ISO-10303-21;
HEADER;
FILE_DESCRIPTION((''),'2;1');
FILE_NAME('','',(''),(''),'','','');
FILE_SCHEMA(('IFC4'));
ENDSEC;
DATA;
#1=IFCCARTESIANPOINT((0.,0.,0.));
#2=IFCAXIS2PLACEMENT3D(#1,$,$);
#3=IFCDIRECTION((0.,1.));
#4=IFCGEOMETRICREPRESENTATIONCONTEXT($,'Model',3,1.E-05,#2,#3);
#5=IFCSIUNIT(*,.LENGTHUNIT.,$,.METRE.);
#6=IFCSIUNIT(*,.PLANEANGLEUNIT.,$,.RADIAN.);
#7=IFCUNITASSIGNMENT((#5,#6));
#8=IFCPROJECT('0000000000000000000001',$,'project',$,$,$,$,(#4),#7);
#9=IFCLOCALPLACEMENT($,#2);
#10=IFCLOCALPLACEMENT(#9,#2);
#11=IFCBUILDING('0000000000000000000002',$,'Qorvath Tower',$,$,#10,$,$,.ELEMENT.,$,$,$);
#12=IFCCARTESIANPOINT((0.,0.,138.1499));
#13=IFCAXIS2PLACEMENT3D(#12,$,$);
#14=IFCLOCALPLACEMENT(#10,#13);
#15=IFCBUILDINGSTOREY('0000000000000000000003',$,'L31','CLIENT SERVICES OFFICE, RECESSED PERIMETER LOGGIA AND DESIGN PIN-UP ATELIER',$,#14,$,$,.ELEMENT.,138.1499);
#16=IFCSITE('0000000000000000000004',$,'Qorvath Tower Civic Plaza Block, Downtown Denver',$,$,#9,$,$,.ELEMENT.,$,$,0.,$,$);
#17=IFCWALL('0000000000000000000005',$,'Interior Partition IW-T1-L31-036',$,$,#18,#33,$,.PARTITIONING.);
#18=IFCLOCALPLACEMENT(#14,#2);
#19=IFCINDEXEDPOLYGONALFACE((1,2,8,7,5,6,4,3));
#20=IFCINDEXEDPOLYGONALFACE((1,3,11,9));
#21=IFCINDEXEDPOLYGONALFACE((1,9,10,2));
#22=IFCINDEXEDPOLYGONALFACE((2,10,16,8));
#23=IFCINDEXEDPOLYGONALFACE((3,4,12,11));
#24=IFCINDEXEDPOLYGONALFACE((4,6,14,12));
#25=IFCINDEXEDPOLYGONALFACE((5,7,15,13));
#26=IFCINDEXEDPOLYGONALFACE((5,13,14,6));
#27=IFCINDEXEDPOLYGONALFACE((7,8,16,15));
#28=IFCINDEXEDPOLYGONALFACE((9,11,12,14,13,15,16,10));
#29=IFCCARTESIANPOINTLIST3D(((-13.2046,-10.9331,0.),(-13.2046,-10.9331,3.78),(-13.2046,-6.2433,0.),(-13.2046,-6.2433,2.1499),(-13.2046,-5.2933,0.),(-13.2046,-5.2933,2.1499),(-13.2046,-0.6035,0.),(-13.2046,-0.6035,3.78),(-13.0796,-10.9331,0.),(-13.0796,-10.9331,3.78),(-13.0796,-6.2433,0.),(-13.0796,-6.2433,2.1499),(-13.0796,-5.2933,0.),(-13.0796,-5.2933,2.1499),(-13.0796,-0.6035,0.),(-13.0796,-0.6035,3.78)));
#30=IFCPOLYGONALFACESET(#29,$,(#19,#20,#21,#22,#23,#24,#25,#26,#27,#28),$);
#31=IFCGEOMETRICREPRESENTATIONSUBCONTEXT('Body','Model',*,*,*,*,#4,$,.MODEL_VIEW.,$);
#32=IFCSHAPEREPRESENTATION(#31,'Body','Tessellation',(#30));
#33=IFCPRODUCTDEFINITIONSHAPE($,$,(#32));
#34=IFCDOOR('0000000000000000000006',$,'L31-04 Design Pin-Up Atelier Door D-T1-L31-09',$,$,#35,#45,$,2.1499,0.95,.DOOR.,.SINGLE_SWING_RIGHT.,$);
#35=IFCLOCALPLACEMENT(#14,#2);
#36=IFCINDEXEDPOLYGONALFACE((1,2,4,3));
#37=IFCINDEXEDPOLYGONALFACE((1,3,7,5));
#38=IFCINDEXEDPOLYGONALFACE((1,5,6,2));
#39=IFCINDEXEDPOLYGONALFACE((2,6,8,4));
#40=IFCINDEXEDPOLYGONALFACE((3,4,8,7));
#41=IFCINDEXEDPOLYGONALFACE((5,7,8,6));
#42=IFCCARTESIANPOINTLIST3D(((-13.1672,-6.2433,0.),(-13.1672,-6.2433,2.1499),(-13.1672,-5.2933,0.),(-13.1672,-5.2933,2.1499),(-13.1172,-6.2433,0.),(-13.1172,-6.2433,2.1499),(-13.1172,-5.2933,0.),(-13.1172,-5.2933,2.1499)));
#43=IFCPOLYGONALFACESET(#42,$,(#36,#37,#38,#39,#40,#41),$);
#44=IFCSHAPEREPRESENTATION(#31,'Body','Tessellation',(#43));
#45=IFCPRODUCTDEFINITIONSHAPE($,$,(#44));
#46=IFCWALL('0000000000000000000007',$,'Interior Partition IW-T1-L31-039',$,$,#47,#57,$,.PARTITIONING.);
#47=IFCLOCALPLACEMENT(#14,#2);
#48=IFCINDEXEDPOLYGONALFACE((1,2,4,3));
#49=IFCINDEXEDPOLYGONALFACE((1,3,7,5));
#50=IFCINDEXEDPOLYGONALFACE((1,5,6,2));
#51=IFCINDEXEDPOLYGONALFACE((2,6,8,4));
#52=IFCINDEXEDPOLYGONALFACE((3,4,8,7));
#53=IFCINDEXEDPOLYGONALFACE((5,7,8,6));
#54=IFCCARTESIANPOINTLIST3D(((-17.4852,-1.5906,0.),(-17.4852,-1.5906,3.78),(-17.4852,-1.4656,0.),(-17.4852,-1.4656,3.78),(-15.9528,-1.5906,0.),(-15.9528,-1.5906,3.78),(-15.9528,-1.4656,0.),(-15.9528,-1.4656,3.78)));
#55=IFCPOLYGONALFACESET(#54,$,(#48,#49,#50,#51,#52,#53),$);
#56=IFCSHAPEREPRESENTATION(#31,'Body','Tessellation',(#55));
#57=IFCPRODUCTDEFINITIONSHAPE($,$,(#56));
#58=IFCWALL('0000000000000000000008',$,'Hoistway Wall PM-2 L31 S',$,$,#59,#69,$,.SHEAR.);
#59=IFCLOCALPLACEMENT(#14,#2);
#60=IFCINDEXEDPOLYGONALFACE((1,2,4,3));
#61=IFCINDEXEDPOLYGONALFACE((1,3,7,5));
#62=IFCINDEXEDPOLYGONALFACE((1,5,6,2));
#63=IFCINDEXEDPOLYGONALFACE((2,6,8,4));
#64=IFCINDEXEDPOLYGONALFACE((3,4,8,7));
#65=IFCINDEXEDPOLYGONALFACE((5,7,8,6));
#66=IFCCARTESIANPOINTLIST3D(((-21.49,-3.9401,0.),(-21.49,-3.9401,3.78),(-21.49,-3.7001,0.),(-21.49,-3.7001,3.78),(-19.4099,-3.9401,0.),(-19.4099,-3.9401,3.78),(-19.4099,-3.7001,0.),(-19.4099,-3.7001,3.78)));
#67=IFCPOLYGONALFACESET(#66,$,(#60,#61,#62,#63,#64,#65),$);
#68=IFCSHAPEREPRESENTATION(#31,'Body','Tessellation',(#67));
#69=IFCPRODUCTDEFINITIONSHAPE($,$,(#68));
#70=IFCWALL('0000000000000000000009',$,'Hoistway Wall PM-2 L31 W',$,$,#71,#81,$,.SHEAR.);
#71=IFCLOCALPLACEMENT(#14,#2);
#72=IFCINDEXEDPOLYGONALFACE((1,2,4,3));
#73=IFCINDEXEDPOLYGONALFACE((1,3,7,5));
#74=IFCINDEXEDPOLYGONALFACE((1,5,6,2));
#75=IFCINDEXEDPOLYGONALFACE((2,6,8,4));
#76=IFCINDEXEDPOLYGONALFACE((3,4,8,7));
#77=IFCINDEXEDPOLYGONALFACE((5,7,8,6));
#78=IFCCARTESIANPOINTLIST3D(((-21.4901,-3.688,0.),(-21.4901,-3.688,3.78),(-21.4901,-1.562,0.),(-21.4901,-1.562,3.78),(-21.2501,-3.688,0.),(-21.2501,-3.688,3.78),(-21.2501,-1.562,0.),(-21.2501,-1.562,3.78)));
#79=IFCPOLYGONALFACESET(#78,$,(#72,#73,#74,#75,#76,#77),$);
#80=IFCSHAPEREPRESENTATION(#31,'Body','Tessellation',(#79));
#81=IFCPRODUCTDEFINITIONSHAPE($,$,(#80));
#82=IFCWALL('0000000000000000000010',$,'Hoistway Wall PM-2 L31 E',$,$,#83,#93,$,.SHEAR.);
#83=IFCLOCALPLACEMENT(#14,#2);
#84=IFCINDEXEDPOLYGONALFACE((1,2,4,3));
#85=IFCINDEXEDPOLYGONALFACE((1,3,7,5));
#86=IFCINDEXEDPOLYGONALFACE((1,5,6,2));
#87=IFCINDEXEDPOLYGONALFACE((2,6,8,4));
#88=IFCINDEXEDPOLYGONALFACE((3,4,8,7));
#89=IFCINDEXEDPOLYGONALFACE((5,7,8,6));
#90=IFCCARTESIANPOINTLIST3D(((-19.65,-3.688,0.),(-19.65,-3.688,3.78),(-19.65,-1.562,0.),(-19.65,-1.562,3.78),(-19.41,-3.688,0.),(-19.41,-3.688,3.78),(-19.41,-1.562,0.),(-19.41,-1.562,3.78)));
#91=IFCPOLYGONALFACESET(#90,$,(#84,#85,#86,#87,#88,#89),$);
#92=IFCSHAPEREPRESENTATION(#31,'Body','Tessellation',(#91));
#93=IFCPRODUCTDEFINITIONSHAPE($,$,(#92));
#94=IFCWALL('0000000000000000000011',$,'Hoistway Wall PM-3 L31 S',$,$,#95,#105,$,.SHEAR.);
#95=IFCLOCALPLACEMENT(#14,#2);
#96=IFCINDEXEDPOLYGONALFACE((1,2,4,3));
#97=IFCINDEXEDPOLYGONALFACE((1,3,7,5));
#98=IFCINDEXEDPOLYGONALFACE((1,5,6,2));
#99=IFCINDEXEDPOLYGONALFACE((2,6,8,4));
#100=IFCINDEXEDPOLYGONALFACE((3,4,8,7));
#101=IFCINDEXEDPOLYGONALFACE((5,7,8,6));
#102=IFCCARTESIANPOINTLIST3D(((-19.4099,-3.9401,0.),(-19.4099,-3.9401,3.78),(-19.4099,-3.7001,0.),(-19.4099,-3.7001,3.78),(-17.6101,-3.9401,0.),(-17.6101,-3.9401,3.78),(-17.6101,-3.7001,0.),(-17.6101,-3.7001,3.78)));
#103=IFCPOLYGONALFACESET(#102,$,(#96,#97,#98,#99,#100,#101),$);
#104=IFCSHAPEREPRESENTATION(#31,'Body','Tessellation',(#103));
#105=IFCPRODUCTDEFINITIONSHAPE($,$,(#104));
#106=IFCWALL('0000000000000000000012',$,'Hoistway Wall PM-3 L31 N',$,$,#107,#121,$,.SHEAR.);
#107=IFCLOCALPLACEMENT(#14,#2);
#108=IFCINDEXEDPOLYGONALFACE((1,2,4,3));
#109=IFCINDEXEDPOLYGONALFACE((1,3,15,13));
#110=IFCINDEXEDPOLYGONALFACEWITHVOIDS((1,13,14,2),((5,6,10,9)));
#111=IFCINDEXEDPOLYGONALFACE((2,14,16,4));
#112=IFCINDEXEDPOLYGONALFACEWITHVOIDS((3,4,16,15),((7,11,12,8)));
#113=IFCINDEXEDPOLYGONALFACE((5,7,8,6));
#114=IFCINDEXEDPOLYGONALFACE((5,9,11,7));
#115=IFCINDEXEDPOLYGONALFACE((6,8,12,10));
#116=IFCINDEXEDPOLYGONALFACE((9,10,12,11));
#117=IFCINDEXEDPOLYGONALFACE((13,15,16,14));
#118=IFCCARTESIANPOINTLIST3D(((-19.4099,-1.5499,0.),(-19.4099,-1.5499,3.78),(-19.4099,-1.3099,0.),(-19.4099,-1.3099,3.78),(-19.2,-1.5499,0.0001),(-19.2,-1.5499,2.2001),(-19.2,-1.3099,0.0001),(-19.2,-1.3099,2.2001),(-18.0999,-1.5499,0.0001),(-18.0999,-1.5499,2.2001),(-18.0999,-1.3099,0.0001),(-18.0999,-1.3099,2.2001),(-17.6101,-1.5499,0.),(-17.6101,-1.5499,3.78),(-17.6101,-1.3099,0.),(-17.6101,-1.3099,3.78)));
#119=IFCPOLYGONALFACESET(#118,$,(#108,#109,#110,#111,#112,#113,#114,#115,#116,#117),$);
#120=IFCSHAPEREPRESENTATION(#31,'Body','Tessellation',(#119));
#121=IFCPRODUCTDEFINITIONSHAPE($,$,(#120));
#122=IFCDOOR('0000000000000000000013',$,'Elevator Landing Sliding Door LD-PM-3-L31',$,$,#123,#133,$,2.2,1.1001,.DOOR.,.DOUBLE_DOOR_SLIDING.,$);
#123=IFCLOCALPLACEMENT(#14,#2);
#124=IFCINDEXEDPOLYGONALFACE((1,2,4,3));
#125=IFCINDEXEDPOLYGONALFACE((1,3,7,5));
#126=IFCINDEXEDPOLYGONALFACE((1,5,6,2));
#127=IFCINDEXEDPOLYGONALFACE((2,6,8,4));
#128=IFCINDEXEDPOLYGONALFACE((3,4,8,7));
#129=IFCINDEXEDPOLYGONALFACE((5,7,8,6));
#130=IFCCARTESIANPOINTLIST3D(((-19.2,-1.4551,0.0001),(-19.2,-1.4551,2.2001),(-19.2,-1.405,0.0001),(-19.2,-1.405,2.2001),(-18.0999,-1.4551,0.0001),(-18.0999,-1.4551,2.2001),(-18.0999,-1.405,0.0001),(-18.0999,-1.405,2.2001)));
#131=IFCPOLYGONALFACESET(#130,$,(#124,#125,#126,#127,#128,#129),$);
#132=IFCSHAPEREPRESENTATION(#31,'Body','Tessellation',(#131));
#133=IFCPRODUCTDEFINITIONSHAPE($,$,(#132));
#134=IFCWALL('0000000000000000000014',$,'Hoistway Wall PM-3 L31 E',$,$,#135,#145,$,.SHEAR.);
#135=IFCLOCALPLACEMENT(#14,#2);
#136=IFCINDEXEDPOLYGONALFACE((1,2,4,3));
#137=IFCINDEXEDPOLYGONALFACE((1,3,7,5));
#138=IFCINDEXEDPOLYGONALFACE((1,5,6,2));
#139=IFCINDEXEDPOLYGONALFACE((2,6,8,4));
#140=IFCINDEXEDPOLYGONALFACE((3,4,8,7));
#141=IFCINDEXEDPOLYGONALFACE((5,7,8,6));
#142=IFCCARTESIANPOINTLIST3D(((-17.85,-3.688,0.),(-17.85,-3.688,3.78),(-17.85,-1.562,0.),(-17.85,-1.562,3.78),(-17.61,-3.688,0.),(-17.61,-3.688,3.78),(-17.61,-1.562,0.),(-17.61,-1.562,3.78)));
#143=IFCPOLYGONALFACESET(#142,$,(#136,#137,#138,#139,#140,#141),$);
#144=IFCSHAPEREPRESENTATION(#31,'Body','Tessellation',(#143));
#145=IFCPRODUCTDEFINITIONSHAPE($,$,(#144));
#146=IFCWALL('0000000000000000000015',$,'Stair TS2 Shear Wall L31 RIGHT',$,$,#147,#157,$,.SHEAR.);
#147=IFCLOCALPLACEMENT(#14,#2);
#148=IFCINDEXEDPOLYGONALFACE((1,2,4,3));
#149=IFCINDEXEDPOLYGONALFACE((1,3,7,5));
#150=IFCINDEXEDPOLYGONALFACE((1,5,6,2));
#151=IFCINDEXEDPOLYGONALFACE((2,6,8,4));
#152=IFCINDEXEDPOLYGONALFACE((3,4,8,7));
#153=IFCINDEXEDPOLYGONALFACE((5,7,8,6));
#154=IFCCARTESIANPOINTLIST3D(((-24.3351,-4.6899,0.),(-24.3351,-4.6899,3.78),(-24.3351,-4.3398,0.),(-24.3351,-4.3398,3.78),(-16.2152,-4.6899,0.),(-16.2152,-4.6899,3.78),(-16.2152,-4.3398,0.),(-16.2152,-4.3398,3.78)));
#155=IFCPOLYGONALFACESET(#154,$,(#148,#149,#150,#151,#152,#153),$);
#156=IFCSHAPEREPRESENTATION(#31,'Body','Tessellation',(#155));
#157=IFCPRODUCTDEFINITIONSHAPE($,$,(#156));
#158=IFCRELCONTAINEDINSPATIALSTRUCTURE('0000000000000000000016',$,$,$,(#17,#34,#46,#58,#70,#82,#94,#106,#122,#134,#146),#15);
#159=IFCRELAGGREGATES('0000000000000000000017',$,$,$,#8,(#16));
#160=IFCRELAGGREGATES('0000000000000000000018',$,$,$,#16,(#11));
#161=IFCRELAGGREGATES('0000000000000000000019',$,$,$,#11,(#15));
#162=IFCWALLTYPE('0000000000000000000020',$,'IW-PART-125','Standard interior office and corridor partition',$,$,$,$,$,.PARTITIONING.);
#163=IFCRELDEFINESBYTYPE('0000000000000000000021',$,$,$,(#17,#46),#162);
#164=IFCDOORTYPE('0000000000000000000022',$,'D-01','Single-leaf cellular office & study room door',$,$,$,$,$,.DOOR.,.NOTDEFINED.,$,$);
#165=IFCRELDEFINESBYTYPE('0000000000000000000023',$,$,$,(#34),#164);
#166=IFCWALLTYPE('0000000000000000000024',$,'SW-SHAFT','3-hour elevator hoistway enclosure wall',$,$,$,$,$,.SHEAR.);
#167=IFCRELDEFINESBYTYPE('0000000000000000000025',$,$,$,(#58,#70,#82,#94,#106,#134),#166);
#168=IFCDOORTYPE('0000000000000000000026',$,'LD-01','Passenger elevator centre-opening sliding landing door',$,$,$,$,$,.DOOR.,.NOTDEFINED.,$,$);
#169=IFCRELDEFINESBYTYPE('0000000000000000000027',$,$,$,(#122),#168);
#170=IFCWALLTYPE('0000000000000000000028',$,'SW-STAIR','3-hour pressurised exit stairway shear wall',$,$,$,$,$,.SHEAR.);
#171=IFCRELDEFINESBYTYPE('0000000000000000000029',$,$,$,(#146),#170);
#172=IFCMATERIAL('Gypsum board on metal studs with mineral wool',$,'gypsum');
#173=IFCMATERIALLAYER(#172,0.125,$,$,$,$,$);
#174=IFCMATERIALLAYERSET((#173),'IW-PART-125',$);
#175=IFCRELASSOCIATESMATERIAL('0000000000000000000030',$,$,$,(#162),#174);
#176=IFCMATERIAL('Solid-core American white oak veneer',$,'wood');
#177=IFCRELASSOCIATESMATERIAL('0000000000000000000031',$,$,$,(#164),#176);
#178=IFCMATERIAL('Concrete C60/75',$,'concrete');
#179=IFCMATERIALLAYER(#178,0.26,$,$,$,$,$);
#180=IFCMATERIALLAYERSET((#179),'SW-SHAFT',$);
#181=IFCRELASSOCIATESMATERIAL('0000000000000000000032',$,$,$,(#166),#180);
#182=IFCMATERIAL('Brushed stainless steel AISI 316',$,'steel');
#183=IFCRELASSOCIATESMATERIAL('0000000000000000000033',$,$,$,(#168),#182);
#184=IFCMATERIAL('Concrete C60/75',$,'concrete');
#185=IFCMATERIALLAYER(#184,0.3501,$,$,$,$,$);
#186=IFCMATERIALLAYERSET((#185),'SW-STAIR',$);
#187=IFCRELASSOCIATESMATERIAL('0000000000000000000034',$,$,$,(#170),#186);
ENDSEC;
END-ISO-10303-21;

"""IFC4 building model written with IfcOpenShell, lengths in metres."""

from ifc_helpers import new_model, si_unit, direction, frame, frame_2d, origin, place, context, subcontext, project, spatial, rectangle, extrude, material, layer, layer_set, type_object, element, fill, save


model = new_model("IFC4")

# Units and contexts
model_context = context("Model", 3, precision=1e-05, world=origin(), true_north=direction((0.0, 1.0)))
body_context = subcontext(model_context, "Body", "Model", "MODEL_VIEW")
ifc_project = project(units=[si_unit("LENGTHUNIT", "METRE"), si_unit("PLANEANGLEUNIT", "RADIAN")], contexts=[model_context])

# Site, building, storey
site_placement = place(None, origin())
site = spatial("IfcSite", under=ifc_project, at=site_placement, Name="Qorvath Tower Civic Plaza Block, Downtown Denver", CompositionType="ELEMENT", RefElevation=0.0)
building_placement = place(site_placement, origin())
building = spatial("IfcBuilding", under=site, at=building_placement, Name="Qorvath Tower", CompositionType="ELEMENT")
storey_placement = place(building_placement, frame((0.0, 0.0, 138.1499)))
storey = spatial("IfcBuildingStorey", under=building, at=storey_placement, Name="L31", Description="CLIENT SERVICES OFFICE, RECESSED PERIMETER LOGGIA AND DESIGN PIN-UP ATELIER", CompositionType="ELEMENT", Elevation=138.1499)

# Wall, opening, door
ifc_material_1 = material(Name="Gypsum board on metal studs with mineral wool", Category="gypsum")
ifc_layer_1 = layer(ifc_material_1, 0.125)
ifc_layer_set_1 = layer_set([ifc_layer_1], Name="IW-PART-125")
wall_type_1 = type_object("IfcWallType", Name="IW-PART-125", Description="Standard interior office and corridor partition", PredefinedType="PARTITIONING", material=ifc_layer_set_1)
wall_1_placement = place(storey_placement, frame((-13.1421, -0.6035, 0.0), z_axis=(0.0, 0.0, 1.0), x_axis=(0.0, -1.0, 0.0)))
wall_1 = element("IfcWall", 1, at=wall_1_placement, inside=storey, type_object=wall_type_1, Name="Interior Partition IW-T1-L31-036", PredefinedType="PARTITIONING", context=body_context, shape_type="SweptSolid", body=[
    extrude(rectangle(XDim=10.3296, YDim=0.125, at=frame_2d((5.1648, 0.0))), origin(), (0.0, 0.0, 1.0), 3.78),
])
opening_1_placement = place(wall_1_placement, frame((4.6897, 0.0, 0.0)))
opening_1 = element("IfcOpeningElement", 2, at=opening_1_placement, cuts=wall_1, PredefinedType="OPENING", context=body_context, shape_type="SweptSolid", body=[
    extrude(rectangle(XDim=0.95, YDim=2.1499, at=frame_2d((0.4751, 1.075))), frame((0.0, 0.0725, 0.0), z_axis=(0.0, -1.0, 0.0), x_axis=(1.0, 0.0, 0.0)), (0.0, 0.0, 1.0), 0.145),
])
ifc_material_2 = material(Name="Solid-core American white oak veneer", Category="wood")
door_type_1 = type_object("IfcDoorType", Name="D-01", Description="Single-leaf cellular office & study room door", OperationType="NOTDEFINED", PredefinedType="DOOR", material=ifc_material_2)
door_1_placement = place(opening_1_placement, origin())
door_1 = element("IfcDoor", 3, at=door_1_placement, inside=storey, type_object=door_type_1, Name="L31-04 Design Pin-Up Atelier Door D-T1-L31-09", OperationType="SINGLE_SWING_RIGHT", OverallHeight=2.1499, OverallWidth=0.95, PredefinedType="DOOR", context=body_context, shape_type="SweptSolid", body=[
    extrude(rectangle(XDim=0.95, YDim=2.1499, at=frame_2d((0.4751, 1.075))), frame((0.0, 0.0249, 0.0), z_axis=(0.0, -1.0, 0.0), x_axis=(1.0, 0.0, 0.0)), (0.0, 0.0, 1.0), 0.05),
])
fill(opening_1, door_1)

# Walls
wall_2_placement = place(storey_placement, frame((-15.9529, -1.5281, 0.0), z_axis=(0.0, 0.0, 1.0), x_axis=(-1.0, 0.0, 0.0)))
element("IfcWall", 4, at=wall_2_placement, inside=storey, type_object=wall_type_1, Name="Interior Partition IW-T1-L31-039", PredefinedType="PARTITIONING", context=body_context, shape_type="SweptSolid", body=[
    extrude(rectangle(XDim=1.5325, YDim=0.125, at=frame_2d((0.7661, 0.0))), origin(), (0.0, 0.0, 1.0), 3.78),
])
ifc_material_3 = material(Name="Concrete C60/75", Category="concrete")
ifc_layer_2 = layer(ifc_material_3, 0.26)
ifc_layer_set_2 = layer_set([ifc_layer_2], Name="SW-SHAFT")
wall_type_2 = type_object("IfcWallType", Name="SW-SHAFT", Description="3-hour elevator hoistway enclosure wall", PredefinedType="SHEAR", material=ifc_layer_set_2)
wall_3_placement = place(storey_placement, frame((-19.4099, -3.8201, 0.0), z_axis=(0.0, 0.0, 1.0), x_axis=(-1.0, 0.0, 0.0)))
element("IfcWall", 5, at=wall_3_placement, inside=storey, type_object=wall_type_2, Name="Hoistway Wall PM-2 L31 S", PredefinedType="SHEAR", context=body_context, shape_type="SweptSolid", body=[
    extrude(rectangle(XDim=2.0801, YDim=0.24, at=frame_2d((1.04, 0.0))), origin(), (0.0, 0.0, 1.0), 3.78),
])
for number, where, z_axis, x_axis, name in (
    (6, (-21.3701, -3.688, 0.0), (0.0, 0.0, 1.0), (0.0, 1.0, 0.0), "Hoistway Wall PM-2 L31 W"),
    (7, (-19.53, -1.562, 0.0), (0.0, 0.0, 1.0), (0.0, -1.0, 0.0), "Hoistway Wall PM-2 L31 E"),
):
    element("IfcWall", number, at=place(storey_placement, frame(where, z_axis=z_axis, x_axis=x_axis)), inside=storey, type_object=wall_type_2, Name=name, PredefinedType="SHEAR", context=body_context, shape_type="SweptSolid", body=[
        extrude(rectangle(XDim=2.126, YDim=0.24, at=frame_2d((1.063, 0.0))), origin(), (0.0, 0.0, 1.0), 3.78),
    ])
wall_4_placement = place(storey_placement, frame((-17.6101, -3.8201, 0.0), z_axis=(0.0, 0.0, 1.0), x_axis=(-1.0, 0.0, 0.0)))
element("IfcWall", 8, at=wall_4_placement, inside=storey, type_object=wall_type_2, Name="Hoistway Wall PM-3 L31 S", PredefinedType="SHEAR", context=body_context, shape_type="SweptSolid", body=[
    extrude(rectangle(XDim=1.7998, YDim=0.24, at=frame_2d((0.8999, 0.0))), origin(), (0.0, 0.0, 1.0), 3.78),
])

# Wall, opening, door
wall_5_placement = place(storey_placement, frame((-19.4099, -1.4299, 0.0), z_axis=(0.0, 0.0, 1.0), x_axis=(1.0, 0.0, 0.0)))
wall_5 = element("IfcWall", 9, at=wall_5_placement, inside=storey, type_object=wall_type_2, Name="Hoistway Wall PM-3 L31 N", PredefinedType="SHEAR", context=body_context, shape_type="SweptSolid", body=[
    extrude(rectangle(XDim=1.7998, YDim=0.24, at=frame_2d((0.8999, 0.0))), origin(), (0.0, 0.0, 1.0), 3.78),
])
opening_2_placement = place(wall_5_placement, frame((0.21, 0.0, 0.0)))
opening_2 = element("IfcOpeningElement", 10, at=opening_2_placement, cuts=wall_5, PredefinedType="OPENING", context=body_context, shape_type="SweptSolid", body=[
    extrude(rectangle(XDim=1.1001, YDim=2.2, at=frame_2d((0.55, 1.1001))), frame((0.0, 0.1299, 0.0), z_axis=(0.0, -1.0, 0.0), x_axis=(1.0, 0.0, 0.0)), (0.0, 0.0, 1.0), 0.26),
])
ifc_material_4 = material(Name="Brushed stainless steel AISI 316", Category="steel")
door_type_2 = type_object("IfcDoorType", Name="LD-01", Description="Passenger elevator centre-opening sliding landing door", OperationType="NOTDEFINED", PredefinedType="DOOR", material=ifc_material_4)
door_2_placement = place(opening_2_placement, origin())
door_2 = element("IfcDoor", 11, at=door_2_placement, inside=storey, type_object=door_type_2, Name="Elevator Landing Sliding Door LD-PM-3-L31", OperationType="DOUBLE_DOOR_SLIDING", OverallHeight=2.2, OverallWidth=1.1001, PredefinedType="DOOR", context=body_context, shape_type="SweptSolid", body=[
    extrude(rectangle(XDim=1.1001, YDim=2.2, at=frame_2d((0.55, 1.1001))), frame((0.0, 0.0249, 0.0), z_axis=(0.0, -1.0, 0.0), x_axis=(1.0, 0.0, 0.0)), (0.0, 0.0, 1.0), 0.05),
])
fill(opening_2, door_2)

# Walls
wall_6_placement = place(storey_placement, frame((-17.73, -1.562, 0.0), z_axis=(0.0, 0.0, 1.0), x_axis=(0.0, -1.0, 0.0)))
element("IfcWall", 12, at=wall_6_placement, inside=storey, type_object=wall_type_2, Name="Hoistway Wall PM-3 L31 E", PredefinedType="SHEAR", context=body_context, shape_type="SweptSolid", body=[
    extrude(rectangle(XDim=2.126, YDim=0.24, at=frame_2d((1.063, 0.0))), origin(), (0.0, 0.0, 1.0), 3.78),
])
ifc_material_5 = material(Name="Concrete C60/75", Category="concrete")
ifc_layer_3 = layer(ifc_material_5, 0.3501)
ifc_layer_set_3 = layer_set([ifc_layer_3], Name="SW-STAIR")
wall_type_3 = type_object("IfcWallType", Name="SW-STAIR", Description="3-hour pressurised exit stairway shear wall", PredefinedType="SHEAR", material=ifc_layer_set_3)
wall_7_placement = place(storey_placement, frame((-16.2151, -4.5149, 0.0), z_axis=(0.0, 0.0, 1.0), x_axis=(-1.0, 0.0, 0.0)))
element("IfcWall", 13, at=wall_7_placement, inside=storey, type_object=wall_type_3, Name="Stair TS2 Shear Wall L31 RIGHT", PredefinedType="SHEAR", context=body_context, shape_type="SweptSolid", body=[
    extrude(rectangle(XDim=8.1199, YDim=0.3501, at=frame_2d((4.0601, 0.0))), origin(), (0.0, 0.0, 1.0), 3.78),
])

save(model, "model.ifc")
